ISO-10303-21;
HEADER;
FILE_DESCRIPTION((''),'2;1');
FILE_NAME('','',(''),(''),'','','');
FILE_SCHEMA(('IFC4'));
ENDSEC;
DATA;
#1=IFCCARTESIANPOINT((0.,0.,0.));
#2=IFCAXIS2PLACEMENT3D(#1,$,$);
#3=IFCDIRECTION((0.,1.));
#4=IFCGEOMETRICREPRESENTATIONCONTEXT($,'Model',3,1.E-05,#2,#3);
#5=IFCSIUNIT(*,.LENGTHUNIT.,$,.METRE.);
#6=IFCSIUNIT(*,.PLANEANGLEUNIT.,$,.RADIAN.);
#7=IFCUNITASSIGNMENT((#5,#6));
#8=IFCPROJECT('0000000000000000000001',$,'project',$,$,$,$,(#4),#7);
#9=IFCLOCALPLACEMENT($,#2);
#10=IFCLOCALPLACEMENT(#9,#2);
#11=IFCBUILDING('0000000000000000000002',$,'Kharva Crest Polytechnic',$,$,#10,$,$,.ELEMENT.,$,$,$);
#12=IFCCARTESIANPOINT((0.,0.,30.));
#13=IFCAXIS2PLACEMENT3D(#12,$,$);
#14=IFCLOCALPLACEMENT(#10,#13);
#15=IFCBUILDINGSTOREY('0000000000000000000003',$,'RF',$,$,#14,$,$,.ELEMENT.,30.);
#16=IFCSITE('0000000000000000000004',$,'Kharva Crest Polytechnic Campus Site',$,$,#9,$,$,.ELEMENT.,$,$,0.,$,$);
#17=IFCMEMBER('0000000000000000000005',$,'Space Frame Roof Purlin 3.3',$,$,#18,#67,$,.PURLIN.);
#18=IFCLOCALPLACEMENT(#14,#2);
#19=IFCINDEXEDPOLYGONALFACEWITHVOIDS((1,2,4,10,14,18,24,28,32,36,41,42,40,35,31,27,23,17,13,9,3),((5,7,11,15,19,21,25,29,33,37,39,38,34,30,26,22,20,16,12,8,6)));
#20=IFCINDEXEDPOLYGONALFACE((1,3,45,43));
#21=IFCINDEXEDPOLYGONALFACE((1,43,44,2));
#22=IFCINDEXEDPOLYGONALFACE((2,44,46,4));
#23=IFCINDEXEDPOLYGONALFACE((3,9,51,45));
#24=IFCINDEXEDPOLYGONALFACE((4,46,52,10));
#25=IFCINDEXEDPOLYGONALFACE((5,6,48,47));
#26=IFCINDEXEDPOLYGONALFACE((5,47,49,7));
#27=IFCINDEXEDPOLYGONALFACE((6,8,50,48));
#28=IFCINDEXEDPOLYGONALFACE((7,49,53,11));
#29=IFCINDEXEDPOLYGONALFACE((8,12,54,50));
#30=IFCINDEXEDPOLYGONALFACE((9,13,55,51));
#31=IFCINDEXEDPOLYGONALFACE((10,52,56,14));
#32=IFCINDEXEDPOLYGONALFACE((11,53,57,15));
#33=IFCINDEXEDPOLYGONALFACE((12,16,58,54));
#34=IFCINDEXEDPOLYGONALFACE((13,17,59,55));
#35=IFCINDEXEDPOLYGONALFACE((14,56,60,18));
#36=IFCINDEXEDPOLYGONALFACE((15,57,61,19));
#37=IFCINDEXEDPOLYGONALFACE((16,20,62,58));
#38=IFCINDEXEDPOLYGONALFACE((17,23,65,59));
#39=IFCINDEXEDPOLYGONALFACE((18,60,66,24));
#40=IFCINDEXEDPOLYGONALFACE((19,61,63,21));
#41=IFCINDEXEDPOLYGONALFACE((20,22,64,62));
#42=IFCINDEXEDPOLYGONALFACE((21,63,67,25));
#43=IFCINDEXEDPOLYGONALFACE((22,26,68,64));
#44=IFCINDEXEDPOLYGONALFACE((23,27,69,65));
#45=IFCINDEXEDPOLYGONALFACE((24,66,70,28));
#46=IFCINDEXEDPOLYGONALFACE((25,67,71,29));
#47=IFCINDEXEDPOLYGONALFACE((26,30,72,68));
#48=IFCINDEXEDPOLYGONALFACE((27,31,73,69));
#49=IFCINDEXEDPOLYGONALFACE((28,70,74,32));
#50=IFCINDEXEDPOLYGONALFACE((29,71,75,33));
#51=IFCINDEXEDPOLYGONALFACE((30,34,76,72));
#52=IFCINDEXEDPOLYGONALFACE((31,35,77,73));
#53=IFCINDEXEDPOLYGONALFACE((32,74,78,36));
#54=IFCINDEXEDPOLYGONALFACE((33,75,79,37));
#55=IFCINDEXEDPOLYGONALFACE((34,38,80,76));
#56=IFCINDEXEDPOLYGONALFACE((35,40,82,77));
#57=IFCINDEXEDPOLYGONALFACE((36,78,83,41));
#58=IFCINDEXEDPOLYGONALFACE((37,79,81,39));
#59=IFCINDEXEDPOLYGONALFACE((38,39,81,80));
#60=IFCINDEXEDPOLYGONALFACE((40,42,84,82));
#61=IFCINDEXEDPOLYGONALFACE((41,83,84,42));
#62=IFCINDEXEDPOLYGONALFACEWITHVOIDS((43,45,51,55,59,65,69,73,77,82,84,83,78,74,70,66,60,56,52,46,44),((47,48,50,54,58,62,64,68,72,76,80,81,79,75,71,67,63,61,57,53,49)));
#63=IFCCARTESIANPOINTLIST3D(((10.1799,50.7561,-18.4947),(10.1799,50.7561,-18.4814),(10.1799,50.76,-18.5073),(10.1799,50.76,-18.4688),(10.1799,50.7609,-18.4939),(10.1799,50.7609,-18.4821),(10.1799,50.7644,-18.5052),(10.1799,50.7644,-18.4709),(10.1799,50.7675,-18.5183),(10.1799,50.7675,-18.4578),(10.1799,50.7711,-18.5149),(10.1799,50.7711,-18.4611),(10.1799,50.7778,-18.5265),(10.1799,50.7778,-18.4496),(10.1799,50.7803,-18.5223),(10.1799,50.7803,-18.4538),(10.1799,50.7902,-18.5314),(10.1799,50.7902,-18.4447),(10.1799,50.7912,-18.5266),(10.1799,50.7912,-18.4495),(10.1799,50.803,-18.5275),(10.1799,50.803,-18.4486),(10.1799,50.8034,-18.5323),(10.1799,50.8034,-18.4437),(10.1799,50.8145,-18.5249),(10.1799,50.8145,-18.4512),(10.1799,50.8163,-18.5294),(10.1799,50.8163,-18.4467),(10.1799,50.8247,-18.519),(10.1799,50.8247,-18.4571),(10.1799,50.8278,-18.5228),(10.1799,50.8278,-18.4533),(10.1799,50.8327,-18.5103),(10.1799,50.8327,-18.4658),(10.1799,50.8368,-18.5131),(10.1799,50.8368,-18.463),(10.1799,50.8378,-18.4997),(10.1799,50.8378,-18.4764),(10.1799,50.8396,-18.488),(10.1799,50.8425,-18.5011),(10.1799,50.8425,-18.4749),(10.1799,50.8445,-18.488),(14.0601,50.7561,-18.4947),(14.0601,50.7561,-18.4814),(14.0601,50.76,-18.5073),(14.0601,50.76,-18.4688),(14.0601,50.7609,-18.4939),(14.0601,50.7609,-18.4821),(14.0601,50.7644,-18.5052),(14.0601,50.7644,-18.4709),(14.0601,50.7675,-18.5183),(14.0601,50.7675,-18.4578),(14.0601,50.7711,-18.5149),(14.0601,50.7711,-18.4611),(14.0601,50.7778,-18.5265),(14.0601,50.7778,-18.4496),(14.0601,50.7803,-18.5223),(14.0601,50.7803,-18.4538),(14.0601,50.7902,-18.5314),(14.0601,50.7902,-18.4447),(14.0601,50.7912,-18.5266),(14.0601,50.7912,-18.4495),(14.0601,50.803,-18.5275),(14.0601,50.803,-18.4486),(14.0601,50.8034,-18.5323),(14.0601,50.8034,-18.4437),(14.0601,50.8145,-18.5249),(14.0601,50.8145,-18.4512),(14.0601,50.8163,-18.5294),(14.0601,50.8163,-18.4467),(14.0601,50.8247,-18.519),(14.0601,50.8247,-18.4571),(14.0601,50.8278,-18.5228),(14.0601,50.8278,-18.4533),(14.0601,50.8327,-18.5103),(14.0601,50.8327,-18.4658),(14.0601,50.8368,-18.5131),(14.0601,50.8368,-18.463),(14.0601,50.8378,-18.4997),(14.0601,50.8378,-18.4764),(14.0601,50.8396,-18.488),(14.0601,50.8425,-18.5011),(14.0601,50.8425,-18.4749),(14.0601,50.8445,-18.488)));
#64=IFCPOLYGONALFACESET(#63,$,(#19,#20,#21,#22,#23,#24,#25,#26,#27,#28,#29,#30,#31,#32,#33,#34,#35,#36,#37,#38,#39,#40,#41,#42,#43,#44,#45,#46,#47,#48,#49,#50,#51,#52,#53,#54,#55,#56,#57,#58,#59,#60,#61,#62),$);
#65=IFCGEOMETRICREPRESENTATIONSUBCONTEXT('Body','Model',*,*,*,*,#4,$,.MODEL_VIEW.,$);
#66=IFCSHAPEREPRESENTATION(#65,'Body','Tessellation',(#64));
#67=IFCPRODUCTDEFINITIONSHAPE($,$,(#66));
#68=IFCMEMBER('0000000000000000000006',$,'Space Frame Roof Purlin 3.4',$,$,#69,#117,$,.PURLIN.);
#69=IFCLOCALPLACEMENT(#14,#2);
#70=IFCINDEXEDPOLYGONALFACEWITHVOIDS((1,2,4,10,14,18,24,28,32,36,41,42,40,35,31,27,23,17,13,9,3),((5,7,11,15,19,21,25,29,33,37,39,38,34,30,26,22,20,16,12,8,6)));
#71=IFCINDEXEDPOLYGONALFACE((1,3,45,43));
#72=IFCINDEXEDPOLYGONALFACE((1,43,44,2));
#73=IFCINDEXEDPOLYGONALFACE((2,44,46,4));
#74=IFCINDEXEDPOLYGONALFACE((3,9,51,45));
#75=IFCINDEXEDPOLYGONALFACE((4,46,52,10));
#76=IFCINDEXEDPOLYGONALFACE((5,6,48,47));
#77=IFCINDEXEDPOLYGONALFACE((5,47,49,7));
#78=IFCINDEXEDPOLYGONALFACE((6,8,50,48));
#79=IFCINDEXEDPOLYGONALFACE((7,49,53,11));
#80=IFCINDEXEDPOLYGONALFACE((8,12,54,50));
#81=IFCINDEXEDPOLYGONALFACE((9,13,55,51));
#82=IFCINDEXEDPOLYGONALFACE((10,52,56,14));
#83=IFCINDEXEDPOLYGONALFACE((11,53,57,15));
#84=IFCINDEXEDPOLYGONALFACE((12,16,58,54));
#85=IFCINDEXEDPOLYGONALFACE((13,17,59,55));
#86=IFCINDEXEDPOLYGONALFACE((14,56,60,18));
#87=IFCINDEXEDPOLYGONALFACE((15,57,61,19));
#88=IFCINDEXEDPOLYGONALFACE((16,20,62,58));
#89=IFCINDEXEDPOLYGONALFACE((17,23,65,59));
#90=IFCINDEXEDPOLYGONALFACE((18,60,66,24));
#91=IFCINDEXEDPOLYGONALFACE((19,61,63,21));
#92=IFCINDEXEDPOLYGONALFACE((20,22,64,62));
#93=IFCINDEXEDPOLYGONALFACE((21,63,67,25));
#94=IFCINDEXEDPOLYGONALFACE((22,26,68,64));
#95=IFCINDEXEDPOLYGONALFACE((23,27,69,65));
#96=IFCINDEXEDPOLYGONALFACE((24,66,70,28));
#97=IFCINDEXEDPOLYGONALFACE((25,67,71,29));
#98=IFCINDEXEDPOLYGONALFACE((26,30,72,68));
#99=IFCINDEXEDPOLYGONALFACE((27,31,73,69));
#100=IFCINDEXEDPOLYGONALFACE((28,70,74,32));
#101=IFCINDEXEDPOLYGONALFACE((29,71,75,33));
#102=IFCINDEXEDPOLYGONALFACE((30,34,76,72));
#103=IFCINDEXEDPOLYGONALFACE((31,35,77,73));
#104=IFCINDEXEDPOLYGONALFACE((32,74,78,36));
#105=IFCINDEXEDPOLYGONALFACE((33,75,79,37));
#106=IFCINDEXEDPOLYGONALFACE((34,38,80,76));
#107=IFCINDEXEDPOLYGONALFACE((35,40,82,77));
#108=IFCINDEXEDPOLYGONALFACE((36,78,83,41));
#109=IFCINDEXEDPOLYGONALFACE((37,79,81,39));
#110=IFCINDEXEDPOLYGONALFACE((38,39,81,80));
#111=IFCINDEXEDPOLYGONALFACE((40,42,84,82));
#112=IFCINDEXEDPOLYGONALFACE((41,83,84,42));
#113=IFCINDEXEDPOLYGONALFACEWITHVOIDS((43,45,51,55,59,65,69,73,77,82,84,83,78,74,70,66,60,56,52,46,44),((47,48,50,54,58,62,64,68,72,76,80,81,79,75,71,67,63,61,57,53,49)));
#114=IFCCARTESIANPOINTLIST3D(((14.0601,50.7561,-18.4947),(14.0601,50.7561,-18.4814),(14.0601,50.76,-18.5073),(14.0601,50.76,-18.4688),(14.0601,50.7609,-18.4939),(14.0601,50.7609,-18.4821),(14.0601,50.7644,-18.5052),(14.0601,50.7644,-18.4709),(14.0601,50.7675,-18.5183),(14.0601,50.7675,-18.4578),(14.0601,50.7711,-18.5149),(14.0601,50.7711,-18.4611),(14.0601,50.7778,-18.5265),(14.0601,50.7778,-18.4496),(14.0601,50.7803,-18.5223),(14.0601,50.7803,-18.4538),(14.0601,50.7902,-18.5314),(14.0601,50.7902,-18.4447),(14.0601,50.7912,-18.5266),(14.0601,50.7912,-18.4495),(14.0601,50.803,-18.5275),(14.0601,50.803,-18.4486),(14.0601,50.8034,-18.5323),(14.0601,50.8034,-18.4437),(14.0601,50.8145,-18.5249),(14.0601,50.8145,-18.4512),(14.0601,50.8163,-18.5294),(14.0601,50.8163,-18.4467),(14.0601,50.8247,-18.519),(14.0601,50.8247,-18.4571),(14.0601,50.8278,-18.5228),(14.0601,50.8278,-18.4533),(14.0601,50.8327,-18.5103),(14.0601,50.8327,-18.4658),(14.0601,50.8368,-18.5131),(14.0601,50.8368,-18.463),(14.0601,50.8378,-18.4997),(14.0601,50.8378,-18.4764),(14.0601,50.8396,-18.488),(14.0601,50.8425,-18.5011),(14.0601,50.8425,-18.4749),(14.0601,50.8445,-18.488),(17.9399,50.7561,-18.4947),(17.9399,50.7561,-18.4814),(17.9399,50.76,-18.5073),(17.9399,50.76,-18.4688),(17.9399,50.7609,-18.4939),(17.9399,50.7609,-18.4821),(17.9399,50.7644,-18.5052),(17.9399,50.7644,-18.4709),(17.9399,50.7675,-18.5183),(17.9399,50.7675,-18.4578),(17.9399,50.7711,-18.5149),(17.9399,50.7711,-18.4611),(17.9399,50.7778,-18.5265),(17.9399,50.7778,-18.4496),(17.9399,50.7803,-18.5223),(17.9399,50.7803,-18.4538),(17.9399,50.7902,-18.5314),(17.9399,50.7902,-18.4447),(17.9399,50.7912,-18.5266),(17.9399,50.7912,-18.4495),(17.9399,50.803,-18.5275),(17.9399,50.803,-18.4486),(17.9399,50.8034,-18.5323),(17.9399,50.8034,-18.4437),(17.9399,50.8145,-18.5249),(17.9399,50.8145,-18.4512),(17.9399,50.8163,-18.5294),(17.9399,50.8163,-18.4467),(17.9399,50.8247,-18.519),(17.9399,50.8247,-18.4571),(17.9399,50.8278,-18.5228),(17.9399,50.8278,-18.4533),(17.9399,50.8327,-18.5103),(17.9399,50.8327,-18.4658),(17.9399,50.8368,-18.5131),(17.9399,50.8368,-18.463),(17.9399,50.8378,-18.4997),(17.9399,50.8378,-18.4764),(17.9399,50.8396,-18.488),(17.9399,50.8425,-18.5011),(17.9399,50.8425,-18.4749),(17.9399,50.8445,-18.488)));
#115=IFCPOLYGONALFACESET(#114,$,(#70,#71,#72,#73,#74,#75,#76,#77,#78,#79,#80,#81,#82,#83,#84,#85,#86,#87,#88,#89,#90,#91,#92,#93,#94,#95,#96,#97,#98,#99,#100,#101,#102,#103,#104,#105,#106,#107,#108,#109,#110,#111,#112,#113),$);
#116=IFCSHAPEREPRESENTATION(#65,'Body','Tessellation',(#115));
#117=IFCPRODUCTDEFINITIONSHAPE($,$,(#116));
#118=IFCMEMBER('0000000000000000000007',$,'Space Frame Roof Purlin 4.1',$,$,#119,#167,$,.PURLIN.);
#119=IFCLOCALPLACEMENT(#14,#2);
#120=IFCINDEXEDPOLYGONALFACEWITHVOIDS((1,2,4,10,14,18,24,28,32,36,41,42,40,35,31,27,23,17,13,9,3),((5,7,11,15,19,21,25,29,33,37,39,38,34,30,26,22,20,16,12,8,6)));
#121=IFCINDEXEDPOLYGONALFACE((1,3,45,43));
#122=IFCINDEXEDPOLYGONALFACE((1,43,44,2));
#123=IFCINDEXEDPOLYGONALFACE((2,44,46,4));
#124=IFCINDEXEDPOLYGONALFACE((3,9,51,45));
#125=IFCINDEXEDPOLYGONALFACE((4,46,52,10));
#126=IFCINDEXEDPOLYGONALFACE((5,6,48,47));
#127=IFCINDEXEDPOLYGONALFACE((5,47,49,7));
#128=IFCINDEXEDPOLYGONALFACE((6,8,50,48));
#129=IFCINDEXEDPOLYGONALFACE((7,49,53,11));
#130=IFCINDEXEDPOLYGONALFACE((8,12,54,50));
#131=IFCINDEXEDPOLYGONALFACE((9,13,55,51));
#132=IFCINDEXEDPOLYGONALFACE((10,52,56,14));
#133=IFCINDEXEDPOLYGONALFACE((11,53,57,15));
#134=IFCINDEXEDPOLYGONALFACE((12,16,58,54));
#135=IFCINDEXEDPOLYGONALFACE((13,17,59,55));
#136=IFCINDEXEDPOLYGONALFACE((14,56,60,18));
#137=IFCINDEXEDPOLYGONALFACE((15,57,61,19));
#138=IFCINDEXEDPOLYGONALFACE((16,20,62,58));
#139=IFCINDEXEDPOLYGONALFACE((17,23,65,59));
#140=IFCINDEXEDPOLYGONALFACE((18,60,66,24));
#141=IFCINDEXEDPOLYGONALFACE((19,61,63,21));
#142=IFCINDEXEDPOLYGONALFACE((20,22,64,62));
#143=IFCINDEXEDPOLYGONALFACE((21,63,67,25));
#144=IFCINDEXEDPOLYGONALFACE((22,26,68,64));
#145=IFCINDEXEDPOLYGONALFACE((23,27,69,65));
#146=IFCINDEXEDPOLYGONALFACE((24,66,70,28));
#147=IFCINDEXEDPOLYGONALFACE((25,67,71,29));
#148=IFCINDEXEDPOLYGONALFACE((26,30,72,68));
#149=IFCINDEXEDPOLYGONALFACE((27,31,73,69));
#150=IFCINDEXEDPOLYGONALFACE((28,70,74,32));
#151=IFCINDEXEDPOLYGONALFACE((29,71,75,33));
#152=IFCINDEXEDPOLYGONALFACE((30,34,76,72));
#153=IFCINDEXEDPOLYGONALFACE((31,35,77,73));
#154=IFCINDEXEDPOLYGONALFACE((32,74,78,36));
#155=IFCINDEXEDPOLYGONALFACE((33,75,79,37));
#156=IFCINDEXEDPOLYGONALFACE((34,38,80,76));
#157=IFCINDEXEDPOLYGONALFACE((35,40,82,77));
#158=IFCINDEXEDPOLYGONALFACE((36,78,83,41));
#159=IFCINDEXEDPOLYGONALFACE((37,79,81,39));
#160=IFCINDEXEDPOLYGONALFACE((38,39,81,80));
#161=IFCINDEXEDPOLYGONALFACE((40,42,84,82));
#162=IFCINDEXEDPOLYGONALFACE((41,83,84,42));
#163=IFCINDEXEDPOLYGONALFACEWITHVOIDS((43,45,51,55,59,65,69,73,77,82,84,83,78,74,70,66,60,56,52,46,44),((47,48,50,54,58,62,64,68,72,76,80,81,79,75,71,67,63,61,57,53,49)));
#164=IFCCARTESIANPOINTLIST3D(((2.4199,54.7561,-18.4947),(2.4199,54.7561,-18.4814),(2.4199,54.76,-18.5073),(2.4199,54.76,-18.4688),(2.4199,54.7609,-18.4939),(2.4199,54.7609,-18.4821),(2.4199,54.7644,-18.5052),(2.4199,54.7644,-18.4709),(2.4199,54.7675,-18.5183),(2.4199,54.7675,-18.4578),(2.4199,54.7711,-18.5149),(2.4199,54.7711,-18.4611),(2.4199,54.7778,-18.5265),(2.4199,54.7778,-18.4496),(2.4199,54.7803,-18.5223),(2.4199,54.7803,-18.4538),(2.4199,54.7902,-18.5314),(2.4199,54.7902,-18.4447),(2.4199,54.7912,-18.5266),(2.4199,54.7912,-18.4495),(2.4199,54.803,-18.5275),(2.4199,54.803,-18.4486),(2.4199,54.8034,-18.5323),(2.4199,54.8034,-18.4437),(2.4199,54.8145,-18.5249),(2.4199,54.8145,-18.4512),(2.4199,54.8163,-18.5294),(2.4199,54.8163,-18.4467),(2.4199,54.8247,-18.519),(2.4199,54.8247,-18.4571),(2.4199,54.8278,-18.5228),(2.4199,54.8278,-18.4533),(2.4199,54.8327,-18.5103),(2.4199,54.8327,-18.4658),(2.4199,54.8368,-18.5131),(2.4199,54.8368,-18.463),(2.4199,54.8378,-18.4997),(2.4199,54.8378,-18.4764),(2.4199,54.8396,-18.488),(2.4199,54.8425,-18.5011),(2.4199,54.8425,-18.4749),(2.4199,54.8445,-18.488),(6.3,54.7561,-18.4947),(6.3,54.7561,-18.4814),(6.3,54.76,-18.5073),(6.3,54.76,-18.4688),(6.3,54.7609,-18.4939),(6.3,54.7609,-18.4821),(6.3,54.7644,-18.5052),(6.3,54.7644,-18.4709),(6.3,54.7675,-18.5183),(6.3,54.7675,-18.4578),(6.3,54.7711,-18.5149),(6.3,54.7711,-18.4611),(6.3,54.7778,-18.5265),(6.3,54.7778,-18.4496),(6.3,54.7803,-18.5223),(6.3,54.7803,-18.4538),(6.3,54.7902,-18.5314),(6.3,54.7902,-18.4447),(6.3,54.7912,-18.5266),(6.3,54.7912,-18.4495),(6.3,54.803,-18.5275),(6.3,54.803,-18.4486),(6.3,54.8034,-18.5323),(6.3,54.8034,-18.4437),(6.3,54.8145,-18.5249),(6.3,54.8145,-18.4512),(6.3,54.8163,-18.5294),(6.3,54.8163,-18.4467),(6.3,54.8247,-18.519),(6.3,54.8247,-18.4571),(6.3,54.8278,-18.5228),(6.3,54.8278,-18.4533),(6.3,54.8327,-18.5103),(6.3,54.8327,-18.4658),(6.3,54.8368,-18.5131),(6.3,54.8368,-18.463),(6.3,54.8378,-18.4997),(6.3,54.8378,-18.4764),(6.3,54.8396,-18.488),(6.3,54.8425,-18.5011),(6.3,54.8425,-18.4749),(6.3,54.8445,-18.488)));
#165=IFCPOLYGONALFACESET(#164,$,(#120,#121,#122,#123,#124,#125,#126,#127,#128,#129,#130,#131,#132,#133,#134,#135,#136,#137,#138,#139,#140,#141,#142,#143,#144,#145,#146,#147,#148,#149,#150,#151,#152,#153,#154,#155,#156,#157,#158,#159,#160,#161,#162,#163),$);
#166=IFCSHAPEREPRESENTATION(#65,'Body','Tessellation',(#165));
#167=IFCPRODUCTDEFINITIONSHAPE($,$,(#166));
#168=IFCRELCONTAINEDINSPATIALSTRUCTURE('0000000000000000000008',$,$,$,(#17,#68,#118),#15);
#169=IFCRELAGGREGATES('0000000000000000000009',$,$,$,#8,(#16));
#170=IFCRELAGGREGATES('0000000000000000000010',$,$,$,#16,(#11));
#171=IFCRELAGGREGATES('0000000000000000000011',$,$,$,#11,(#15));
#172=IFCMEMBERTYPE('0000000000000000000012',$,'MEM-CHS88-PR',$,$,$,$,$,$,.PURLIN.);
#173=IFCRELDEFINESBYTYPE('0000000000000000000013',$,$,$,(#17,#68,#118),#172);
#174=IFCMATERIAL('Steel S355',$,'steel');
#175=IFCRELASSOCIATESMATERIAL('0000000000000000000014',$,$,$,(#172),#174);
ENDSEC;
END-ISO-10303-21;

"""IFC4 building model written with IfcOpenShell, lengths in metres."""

from ifc_helpers import new_model, si_unit, direction, frame, origin, origin_2d, place, context, subcontext, project, spatial, hollow_circle, extrude, material, material_profile, profile_set, type_object, element, save


model = new_model("IFC4")

# Units and contexts
model_context = context("Model", 3, precision=1e-05, world=origin(), true_north=direction((0.0, 1.0)))
body_context = subcontext(model_context, "Body", "Model", "MODEL_VIEW")
ifc_project = project(units=[si_unit("LENGTHUNIT", "METRE"), si_unit("PLANEANGLEUNIT", "RADIAN")], contexts=[model_context])

# Site, building, storey
site_placement = place(None, origin())
site = spatial("IfcSite", under=ifc_project, at=site_placement, Name="Kharva Crest Polytechnic Campus Site", CompositionType="ELEMENT", RefElevation=0.0)
building_placement = place(site_placement, origin())
building = spatial("IfcBuilding", under=site, at=building_placement, Name="Kharva Crest Polytechnic", CompositionType="ELEMENT")
storey_placement = place(building_placement, frame((0.0, 0.0, 30.0)))
storey = spatial("IfcBuildingStorey", under=building, at=storey_placement, Name="RF", CompositionType="ELEMENT", Elevation=30.0)

# Members
ifc_material = material(Name="Steel S355", Category="steel")
ifc_material_profile = material_profile(ifc_material, hollow_circle(Radius=0.0444, WallThickness=0.0049, at=origin_2d()), Name="CHS 88.9X5.0")
ifc_profile_set = profile_set([ifc_material_profile], Name="Steel S355")
member_type = type_object("IfcMemberType", Name="MEM-CHS88-PR", PredefinedType="PURLIN", material=ifc_profile_set)
member_1_placement = place(storey_placement, frame((10.1799, 50.8, -18.488), z_axis=(1.0, 0.0, 0.0), x_axis=(0.0, 1.0, 0.0)))
element("IfcMember", 1, at=member_1_placement, inside=storey, type_object=member_type, Name="Space Frame Roof Purlin 3.3", PredefinedType="PURLIN", context=body_context, shape_type="SweptSolid", body=[
    extrude(hollow_circle(Radius=0.0444, WallThickness=0.0049, at=origin_2d()), origin(), (0.0, 0.0, 1.0), 3.8801),
])
member_2_placement = place(storey_placement, frame((14.0601, 50.8, -18.488), z_axis=(1.0, 0.0, 0.0), x_axis=(0.0, 1.0, 0.0)))
element("IfcMember", 2, at=member_2_placement, inside=storey, type_object=member_type, Name="Space Frame Roof Purlin 3.4", PredefinedType="PURLIN", context=body_context, shape_type="SweptSolid", body=[
    extrude(hollow_circle(Radius=0.0444, WallThickness=0.0049, at=origin_2d()), origin(), (0.0, 0.0, 1.0), 3.8799),
])
member_3_placement = place(storey_placement, frame((2.4199, 54.8, -18.488), z_axis=(1.0, 0.0, 0.0), x_axis=(0.0, 1.0, 0.0)))
element("IfcMember", 3, at=member_3_placement, inside=storey, type_object=member_type, Name="Space Frame Roof Purlin 4.1", PredefinedType="PURLIN", context=body_context, shape_type="SweptSolid", body=[
    extrude(hollow_circle(Radius=0.0444, WallThickness=0.0049, at=origin_2d()), origin(), (0.0, 0.0, 1.0), 3.8801),
])

save(model, "model.ifc")
